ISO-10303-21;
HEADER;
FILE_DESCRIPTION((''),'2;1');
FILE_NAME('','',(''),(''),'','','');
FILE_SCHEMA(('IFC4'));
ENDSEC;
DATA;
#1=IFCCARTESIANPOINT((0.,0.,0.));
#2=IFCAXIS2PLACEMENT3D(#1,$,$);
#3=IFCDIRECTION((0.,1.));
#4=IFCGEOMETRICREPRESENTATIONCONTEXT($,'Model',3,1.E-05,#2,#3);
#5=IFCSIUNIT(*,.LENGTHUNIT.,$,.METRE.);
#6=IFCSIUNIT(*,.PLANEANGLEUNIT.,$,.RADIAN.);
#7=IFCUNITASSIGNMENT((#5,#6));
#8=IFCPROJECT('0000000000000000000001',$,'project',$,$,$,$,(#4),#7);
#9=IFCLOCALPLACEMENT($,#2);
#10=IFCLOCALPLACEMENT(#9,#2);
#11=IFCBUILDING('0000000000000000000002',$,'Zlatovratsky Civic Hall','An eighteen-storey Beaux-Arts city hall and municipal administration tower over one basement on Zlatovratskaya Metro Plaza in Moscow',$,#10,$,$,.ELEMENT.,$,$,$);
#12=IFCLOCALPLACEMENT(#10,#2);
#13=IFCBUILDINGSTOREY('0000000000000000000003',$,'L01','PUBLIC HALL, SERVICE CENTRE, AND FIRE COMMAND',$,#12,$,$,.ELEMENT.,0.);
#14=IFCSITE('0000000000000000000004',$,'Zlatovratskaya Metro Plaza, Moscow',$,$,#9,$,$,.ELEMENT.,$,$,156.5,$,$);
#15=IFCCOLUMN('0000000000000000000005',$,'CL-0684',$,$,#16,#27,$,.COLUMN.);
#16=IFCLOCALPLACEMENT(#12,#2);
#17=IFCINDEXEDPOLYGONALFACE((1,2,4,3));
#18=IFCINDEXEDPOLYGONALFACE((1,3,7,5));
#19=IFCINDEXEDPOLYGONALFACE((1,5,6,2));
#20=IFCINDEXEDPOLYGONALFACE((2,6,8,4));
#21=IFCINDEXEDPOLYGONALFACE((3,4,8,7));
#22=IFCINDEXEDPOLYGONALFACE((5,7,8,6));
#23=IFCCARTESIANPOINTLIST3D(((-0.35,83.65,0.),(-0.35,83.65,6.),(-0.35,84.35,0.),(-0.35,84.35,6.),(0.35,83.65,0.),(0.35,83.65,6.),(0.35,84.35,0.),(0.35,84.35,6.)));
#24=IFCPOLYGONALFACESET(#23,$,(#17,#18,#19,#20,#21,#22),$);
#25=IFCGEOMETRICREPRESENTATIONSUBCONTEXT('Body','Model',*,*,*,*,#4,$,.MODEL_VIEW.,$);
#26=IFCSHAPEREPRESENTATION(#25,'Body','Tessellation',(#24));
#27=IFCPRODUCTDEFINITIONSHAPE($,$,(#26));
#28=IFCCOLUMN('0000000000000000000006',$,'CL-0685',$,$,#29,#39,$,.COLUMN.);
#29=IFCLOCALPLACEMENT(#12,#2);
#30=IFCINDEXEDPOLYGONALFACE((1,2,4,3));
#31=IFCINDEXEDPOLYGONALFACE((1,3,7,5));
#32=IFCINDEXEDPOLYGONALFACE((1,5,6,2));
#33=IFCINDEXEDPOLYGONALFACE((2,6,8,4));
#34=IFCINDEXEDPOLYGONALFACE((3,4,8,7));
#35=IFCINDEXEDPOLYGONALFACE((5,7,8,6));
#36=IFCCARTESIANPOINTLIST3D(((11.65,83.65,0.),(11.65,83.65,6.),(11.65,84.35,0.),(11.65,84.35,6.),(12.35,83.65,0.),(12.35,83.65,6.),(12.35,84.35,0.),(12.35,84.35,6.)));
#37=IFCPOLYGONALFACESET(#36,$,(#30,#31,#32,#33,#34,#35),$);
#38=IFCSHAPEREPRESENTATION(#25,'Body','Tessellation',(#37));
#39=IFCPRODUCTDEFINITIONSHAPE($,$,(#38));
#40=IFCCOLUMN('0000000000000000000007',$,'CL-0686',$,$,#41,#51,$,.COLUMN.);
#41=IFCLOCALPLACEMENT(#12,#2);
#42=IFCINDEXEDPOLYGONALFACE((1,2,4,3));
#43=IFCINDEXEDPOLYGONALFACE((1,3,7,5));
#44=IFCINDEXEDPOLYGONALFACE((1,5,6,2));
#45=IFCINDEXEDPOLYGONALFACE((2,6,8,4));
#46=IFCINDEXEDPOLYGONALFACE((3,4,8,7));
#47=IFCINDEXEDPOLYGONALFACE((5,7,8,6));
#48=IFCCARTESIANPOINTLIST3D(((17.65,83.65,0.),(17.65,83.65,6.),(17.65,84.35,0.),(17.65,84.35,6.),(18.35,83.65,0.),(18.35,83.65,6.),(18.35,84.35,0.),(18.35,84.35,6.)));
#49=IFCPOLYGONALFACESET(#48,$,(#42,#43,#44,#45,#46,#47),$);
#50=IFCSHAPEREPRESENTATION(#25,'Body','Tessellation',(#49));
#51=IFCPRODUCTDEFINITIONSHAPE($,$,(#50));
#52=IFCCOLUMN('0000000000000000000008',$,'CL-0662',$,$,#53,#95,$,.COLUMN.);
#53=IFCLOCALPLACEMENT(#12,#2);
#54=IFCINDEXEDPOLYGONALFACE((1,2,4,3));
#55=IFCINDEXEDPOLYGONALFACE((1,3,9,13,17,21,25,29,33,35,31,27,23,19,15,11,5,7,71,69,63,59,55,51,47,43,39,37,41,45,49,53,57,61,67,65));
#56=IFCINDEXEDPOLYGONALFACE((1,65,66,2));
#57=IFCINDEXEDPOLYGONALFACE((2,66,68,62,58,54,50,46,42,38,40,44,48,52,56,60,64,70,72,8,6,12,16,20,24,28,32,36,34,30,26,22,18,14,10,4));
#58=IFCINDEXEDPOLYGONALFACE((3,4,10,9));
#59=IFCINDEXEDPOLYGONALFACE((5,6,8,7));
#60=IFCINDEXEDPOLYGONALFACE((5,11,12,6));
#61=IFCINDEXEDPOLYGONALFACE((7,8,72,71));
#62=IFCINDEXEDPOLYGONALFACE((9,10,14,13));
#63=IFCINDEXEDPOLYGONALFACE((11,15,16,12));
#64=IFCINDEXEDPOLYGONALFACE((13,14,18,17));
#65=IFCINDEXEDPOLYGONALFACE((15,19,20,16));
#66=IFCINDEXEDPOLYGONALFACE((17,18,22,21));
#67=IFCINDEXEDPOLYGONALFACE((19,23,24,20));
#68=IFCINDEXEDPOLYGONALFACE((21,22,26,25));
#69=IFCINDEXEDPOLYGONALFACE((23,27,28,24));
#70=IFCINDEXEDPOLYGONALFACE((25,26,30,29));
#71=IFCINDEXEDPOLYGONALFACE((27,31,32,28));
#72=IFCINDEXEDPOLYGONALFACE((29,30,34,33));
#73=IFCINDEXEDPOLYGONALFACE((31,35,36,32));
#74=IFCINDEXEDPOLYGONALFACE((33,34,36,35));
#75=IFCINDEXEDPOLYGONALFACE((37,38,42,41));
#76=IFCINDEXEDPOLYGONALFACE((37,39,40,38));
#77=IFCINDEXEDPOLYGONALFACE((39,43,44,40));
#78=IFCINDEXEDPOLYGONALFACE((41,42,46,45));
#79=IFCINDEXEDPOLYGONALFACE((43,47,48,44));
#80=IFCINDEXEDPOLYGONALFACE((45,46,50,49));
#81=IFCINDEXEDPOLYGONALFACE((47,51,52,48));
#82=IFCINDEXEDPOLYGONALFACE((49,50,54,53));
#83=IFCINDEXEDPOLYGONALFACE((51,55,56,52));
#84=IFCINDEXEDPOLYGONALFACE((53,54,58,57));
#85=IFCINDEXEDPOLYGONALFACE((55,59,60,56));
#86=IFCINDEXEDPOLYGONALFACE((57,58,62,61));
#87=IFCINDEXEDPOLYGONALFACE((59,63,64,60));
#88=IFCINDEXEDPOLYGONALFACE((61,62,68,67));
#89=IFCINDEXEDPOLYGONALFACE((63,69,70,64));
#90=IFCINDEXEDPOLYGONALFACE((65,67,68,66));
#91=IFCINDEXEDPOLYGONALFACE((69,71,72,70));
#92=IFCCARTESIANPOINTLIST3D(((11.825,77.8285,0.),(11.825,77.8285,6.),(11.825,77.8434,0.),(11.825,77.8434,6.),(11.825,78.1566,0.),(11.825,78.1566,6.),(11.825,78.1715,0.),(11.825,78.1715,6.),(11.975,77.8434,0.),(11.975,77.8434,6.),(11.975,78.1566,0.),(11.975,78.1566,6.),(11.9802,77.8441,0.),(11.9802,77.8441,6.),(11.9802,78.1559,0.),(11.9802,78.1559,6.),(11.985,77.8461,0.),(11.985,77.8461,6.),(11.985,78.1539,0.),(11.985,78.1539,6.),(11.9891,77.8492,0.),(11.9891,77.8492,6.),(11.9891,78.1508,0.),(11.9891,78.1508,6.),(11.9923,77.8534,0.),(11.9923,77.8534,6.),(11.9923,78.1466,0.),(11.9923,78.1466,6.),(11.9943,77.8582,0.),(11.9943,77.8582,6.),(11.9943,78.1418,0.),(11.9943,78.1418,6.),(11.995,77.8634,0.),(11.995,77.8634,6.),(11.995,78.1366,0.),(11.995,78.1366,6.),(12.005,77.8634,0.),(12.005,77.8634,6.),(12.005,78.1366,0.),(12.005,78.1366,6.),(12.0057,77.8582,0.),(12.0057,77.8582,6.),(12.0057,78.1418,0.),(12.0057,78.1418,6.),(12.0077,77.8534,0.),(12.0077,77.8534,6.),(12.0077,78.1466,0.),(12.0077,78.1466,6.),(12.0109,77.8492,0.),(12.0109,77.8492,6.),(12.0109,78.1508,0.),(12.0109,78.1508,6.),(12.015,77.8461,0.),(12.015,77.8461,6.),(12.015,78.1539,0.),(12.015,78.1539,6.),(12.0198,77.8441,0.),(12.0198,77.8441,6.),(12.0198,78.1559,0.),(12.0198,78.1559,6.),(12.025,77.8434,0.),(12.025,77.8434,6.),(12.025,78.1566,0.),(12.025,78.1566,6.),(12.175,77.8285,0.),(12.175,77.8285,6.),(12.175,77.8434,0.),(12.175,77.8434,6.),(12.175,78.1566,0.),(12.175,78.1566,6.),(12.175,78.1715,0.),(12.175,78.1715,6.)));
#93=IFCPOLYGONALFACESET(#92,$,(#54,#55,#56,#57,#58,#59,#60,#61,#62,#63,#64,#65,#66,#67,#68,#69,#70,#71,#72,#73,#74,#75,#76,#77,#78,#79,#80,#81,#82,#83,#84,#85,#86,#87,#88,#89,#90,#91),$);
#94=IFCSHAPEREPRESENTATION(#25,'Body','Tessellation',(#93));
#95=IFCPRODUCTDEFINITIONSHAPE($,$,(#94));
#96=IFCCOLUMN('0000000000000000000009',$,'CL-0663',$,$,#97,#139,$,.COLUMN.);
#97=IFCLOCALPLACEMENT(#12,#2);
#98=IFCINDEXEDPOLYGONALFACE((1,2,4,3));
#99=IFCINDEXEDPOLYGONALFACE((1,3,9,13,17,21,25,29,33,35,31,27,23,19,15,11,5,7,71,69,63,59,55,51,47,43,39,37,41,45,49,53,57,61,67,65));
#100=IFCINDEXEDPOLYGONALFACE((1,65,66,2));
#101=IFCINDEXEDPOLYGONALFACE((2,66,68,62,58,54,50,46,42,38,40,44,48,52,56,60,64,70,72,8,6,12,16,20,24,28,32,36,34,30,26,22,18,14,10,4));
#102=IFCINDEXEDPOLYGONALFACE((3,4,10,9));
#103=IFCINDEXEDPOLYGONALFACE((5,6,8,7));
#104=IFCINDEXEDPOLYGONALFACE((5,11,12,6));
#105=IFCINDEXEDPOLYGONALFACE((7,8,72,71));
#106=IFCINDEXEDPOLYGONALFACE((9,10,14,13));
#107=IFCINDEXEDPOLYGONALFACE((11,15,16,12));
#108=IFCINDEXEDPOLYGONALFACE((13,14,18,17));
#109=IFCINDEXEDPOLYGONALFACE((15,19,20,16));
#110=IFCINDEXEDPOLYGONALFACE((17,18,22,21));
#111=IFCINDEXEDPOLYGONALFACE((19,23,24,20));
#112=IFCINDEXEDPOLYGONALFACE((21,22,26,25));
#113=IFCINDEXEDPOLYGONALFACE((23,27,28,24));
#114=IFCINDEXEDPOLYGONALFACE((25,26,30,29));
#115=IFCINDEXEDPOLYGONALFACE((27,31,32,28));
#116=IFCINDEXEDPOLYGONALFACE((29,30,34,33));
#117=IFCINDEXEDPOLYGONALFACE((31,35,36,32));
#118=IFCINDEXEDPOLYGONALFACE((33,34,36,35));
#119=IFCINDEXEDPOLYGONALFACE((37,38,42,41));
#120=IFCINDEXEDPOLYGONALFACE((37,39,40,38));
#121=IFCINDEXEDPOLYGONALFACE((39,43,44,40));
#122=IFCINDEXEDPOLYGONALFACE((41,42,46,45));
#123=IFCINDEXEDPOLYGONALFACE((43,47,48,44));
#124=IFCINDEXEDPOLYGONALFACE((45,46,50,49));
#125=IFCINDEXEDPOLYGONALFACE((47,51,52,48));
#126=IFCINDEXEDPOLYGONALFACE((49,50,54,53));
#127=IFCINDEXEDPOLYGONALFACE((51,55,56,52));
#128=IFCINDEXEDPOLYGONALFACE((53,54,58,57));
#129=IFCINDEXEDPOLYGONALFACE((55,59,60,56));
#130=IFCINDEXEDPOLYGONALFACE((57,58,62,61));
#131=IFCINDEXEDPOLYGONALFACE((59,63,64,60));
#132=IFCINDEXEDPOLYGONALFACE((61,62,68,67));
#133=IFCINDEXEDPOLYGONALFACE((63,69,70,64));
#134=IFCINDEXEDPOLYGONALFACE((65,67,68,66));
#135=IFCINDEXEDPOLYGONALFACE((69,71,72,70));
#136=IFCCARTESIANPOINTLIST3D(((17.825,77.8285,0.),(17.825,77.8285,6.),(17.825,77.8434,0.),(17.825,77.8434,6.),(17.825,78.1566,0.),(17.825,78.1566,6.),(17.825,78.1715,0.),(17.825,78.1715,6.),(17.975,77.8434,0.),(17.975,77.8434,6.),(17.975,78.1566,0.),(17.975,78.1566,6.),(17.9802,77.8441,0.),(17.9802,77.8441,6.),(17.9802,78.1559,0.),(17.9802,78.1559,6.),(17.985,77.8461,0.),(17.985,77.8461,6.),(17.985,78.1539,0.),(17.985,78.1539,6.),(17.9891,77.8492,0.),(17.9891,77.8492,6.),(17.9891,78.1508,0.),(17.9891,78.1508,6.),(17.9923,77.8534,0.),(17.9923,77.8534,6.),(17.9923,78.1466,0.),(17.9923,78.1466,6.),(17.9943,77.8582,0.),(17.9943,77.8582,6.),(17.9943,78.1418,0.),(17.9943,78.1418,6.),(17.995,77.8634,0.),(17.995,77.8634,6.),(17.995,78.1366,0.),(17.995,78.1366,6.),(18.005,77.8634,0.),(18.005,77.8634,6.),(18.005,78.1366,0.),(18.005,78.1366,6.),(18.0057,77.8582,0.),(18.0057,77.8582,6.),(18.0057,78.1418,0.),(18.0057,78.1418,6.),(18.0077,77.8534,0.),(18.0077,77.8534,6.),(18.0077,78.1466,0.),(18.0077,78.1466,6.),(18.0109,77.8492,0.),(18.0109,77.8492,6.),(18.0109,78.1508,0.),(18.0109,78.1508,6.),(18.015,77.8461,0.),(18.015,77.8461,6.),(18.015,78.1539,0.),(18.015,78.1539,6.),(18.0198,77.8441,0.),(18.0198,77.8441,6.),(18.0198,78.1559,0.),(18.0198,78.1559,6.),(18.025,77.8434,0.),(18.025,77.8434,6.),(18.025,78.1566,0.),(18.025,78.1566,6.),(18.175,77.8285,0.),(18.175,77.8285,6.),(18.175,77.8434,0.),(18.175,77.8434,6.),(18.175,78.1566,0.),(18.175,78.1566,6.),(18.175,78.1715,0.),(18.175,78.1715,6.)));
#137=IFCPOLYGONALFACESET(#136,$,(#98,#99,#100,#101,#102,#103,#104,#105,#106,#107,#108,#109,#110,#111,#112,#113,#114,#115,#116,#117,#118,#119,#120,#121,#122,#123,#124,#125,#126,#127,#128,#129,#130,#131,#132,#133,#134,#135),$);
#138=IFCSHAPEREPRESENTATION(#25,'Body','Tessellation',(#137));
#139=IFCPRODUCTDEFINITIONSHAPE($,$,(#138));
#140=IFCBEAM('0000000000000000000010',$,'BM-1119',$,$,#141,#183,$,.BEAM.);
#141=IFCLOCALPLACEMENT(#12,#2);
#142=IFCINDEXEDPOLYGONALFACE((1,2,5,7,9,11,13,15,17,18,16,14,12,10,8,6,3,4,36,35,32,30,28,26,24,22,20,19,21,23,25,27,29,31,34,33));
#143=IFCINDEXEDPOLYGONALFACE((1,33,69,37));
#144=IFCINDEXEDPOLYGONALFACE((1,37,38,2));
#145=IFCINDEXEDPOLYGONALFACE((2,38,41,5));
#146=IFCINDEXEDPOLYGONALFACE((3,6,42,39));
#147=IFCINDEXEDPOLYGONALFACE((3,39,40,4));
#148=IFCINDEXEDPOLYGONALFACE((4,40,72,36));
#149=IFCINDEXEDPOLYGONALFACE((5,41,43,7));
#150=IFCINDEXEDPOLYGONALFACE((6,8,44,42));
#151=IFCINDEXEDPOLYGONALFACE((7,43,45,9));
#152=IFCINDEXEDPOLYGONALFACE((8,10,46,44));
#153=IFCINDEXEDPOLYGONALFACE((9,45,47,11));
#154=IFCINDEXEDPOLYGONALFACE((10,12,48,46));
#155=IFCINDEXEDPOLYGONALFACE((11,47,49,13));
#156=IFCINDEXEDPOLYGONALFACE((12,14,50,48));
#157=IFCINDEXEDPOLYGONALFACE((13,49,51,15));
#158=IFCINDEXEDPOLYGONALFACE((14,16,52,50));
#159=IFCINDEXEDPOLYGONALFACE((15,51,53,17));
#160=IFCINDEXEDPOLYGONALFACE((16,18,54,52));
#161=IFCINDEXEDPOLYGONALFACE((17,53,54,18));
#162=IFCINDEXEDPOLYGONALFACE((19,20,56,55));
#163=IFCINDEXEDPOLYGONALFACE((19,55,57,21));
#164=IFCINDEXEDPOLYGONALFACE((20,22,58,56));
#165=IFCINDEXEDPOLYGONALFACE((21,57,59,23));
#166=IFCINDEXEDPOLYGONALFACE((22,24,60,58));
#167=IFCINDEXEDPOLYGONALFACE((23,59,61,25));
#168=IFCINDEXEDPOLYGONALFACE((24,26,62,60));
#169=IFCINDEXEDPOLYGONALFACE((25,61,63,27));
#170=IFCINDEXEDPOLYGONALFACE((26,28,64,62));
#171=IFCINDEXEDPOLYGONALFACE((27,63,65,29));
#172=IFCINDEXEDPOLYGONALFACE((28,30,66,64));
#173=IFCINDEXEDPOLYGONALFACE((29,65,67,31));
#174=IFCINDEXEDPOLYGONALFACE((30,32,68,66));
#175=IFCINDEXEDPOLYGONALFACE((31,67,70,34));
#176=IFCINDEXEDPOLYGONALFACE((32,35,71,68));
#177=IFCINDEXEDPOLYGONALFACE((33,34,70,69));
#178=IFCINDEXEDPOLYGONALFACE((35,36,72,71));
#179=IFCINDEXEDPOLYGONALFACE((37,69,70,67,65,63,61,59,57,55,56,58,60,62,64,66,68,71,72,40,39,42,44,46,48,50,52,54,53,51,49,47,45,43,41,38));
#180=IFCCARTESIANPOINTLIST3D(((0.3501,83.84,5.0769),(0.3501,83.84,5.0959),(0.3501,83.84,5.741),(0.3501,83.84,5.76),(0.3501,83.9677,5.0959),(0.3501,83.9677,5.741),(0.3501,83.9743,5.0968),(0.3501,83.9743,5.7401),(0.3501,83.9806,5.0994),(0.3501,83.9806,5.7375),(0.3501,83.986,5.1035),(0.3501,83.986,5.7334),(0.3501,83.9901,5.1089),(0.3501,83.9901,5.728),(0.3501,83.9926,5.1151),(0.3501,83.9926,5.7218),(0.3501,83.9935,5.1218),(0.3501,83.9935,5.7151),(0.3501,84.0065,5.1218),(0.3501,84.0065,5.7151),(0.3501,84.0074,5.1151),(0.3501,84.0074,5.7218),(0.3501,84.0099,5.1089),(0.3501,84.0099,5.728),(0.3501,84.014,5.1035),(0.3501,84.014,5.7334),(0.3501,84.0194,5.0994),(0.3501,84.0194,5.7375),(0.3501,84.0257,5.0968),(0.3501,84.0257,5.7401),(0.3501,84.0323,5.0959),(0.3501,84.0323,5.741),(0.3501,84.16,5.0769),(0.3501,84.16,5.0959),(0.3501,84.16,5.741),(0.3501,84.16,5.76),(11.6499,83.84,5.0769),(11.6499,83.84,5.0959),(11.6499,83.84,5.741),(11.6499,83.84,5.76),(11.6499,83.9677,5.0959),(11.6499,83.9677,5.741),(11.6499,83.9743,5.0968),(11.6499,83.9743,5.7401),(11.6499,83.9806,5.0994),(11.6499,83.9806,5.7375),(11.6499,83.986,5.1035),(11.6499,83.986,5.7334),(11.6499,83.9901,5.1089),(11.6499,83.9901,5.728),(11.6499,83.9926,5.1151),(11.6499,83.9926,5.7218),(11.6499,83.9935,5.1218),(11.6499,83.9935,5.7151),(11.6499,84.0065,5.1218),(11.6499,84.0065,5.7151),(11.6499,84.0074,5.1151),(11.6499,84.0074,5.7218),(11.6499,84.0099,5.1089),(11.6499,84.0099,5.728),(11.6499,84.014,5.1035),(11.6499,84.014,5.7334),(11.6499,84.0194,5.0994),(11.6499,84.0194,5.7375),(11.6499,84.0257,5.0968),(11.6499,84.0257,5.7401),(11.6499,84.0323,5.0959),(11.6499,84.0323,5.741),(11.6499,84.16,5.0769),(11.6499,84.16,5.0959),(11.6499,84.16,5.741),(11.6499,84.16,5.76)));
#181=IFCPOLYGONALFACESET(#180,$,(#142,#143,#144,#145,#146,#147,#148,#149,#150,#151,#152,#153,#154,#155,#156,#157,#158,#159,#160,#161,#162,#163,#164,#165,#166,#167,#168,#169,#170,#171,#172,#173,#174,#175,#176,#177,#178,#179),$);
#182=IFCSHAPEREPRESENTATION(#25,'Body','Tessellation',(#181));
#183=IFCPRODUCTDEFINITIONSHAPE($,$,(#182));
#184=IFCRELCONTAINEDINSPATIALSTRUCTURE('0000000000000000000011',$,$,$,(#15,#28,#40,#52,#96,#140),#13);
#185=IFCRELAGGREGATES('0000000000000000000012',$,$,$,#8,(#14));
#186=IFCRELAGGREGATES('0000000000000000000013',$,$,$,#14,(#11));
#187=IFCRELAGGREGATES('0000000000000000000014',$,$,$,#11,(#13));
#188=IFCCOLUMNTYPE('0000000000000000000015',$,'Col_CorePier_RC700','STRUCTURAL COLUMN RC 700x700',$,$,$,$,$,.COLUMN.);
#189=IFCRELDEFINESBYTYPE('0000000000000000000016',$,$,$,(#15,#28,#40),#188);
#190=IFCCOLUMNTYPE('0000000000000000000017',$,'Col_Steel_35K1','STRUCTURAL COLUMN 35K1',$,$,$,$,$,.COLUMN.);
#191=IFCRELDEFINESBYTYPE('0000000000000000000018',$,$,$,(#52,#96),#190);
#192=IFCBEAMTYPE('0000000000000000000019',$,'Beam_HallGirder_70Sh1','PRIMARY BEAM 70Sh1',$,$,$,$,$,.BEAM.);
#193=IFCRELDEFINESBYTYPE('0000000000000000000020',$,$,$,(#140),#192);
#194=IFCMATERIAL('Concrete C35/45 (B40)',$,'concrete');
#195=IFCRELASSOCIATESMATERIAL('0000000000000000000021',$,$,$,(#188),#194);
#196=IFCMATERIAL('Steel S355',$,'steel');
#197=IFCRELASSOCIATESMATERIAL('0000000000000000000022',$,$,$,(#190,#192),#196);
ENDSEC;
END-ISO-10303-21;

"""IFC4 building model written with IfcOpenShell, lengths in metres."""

from ifc_helpers import new_model, si_unit, direction, frame, origin, origin_2d, place, context, subcontext, project, spatial, rectangle, i_section, extrude, material, material_profile, profile_set, type_object, element, save


model = new_model("IFC4")

# Units and contexts
model_context = context("Model", 3, precision=1e-05, world=origin(), true_north=direction((0.0, 1.0)))
body_context = subcontext(model_context, "Body", "Model", "MODEL_VIEW")
ifc_project = project(units=[si_unit("LENGTHUNIT", "METRE"), si_unit("PLANEANGLEUNIT", "RADIAN")], contexts=[model_context])

# Site, building, storey
site_placement = place(None, origin())
site = spatial("IfcSite", under=ifc_project, at=site_placement, Name="Zlatovratskaya Metro Plaza, Moscow", CompositionType="ELEMENT", RefElevation=156.5)
building_placement = place(site_placement, origin())
building = spatial("IfcBuilding", under=site, at=building_placement, Name="Zlatovratsky Civic Hall", Description="An eighteen-storey Beaux-Arts city hall and municipal administration tower over one basement on Zlatovratskaya Metro Plaza in Moscow", CompositionType="ELEMENT")
storey_placement = place(building_placement, origin())
storey = spatial("IfcBuildingStorey", under=building, at=storey_placement, Name="L01", Description="PUBLIC HALL, SERVICE CENTRE, AND FIRE COMMAND", CompositionType="ELEMENT", Elevation=0.0)

# Columns
ifc_material_1 = material(Name="Concrete C35/45 (B40)", Category="concrete")
ifc_material_profile_1 = material_profile(ifc_material_1, rectangle(XDim=0.7, YDim=0.7, at=origin_2d()), Name="RC 700x700")
ifc_profile_set_1 = profile_set([ifc_material_profile_1], Name="Concrete C35/45 (B40)")
column_type_1 = type_object("IfcColumnType", Name="Col_CorePier_RC700", Description="STRUCTURAL COLUMN RC 700x700", PredefinedType="COLUMN", material=ifc_profile_set_1)
for number, where, z_axis, x_axis, name in (
    (1, (0.0, 84.0, 0.0), (0.0, 0.0, 1.0), (1.0, 0.0, 0.0), "CL-0684"),
    (2, (12.0, 84.0, 0.0), (0.0, 0.0, 1.0), (1.0, 0.0, 0.0), "CL-0685"),
    (3, (18.0, 84.0, 0.0), (0.0, 0.0, 1.0), (1.0, 0.0, 0.0), "CL-0686"),
):
    element("IfcColumn", number, at=place(storey_placement, frame(where, z_axis=z_axis, x_axis=x_axis)), inside=storey, type_object=column_type_1, Name=name, PredefinedType="COLUMN", context=body_context, shape_type="SweptSolid", body=[
        extrude(rectangle(XDim=0.7, YDim=0.7, at=origin_2d()), origin(), (0.0, 0.0, 1.0), 6.0),
    ])
ifc_material_2 = material(Name="Steel S355", Category="steel")
ifc_material_profile_2 = material_profile(ifc_material_2, i_section(OverallWidth=0.3501, OverallDepth=0.343, WebThickness=0.01, FlangeThickness=0.0149, FilletRadius=0.02, at=origin_2d()), Name="35K1")
ifc_profile_set_2 = profile_set([ifc_material_profile_2], Name="Steel S355")
column_type_2 = type_object("IfcColumnType", Name="Col_Steel_35K1", Description="STRUCTURAL COLUMN 35K1", PredefinedType="COLUMN", material=ifc_profile_set_2)
for number, where, z_axis, x_axis, name in (
    (4, (12.0, 78.0, 0.0), (0.0, 0.0, 1.0), (1.0, 0.0, 0.0), "CL-0662"),
    (5, (18.0, 78.0, 0.0), (0.0, 0.0, 1.0), (1.0, 0.0, 0.0), "CL-0663"),
):
    element("IfcColumn", number, at=place(storey_placement, frame(where, z_axis=z_axis, x_axis=x_axis)), inside=storey, type_object=column_type_2, Name=name, PredefinedType="COLUMN", context=body_context, shape_type="SweptSolid", body=[
        extrude(i_section(OverallWidth=0.3501, OverallDepth=0.343, WebThickness=0.01, FlangeThickness=0.0149, FilletRadius=0.02, at=origin_2d()), origin(), (0.0, 0.0, 1.0), 6.0),
    ])

# Beam
ifc_material_profile_3 = material_profile(ifc_material_2, i_section(OverallWidth=0.3201, OverallDepth=0.6831, WebThickness=0.0129, FlangeThickness=0.019, FilletRadius=0.0259, at=origin_2d()), Name="70Sh1")
ifc_profile_set_3 = profile_set([ifc_material_profile_3], Name="Steel S355")
beam_type_1 = type_object("IfcBeamType", Name="Beam_HallGirder_70Sh1", Description="PRIMARY BEAM 70Sh1", PredefinedType="BEAM", material=ifc_profile_set_3)
beam_1_placement = place(storey_placement, frame((0.3501, 84.0, 5.4185), z_axis=(1.0, 0.0, 0.0), x_axis=(0.0, 1.0, 0.0)))
element("IfcBeam", 6, at=beam_1_placement, inside=storey, type_object=beam_type_1, Name="BM-1119", PredefinedType="BEAM", context=body_context, shape_type="SweptSolid", body=[
    extrude(i_section(OverallWidth=0.3201, OverallDepth=0.6831, WebThickness=0.0129, FlangeThickness=0.019, FilletRadius=0.0259, at=origin_2d()), origin(), (0.0, 0.0, 1.0), 11.2998),
])

save(model, "model.ifc")
